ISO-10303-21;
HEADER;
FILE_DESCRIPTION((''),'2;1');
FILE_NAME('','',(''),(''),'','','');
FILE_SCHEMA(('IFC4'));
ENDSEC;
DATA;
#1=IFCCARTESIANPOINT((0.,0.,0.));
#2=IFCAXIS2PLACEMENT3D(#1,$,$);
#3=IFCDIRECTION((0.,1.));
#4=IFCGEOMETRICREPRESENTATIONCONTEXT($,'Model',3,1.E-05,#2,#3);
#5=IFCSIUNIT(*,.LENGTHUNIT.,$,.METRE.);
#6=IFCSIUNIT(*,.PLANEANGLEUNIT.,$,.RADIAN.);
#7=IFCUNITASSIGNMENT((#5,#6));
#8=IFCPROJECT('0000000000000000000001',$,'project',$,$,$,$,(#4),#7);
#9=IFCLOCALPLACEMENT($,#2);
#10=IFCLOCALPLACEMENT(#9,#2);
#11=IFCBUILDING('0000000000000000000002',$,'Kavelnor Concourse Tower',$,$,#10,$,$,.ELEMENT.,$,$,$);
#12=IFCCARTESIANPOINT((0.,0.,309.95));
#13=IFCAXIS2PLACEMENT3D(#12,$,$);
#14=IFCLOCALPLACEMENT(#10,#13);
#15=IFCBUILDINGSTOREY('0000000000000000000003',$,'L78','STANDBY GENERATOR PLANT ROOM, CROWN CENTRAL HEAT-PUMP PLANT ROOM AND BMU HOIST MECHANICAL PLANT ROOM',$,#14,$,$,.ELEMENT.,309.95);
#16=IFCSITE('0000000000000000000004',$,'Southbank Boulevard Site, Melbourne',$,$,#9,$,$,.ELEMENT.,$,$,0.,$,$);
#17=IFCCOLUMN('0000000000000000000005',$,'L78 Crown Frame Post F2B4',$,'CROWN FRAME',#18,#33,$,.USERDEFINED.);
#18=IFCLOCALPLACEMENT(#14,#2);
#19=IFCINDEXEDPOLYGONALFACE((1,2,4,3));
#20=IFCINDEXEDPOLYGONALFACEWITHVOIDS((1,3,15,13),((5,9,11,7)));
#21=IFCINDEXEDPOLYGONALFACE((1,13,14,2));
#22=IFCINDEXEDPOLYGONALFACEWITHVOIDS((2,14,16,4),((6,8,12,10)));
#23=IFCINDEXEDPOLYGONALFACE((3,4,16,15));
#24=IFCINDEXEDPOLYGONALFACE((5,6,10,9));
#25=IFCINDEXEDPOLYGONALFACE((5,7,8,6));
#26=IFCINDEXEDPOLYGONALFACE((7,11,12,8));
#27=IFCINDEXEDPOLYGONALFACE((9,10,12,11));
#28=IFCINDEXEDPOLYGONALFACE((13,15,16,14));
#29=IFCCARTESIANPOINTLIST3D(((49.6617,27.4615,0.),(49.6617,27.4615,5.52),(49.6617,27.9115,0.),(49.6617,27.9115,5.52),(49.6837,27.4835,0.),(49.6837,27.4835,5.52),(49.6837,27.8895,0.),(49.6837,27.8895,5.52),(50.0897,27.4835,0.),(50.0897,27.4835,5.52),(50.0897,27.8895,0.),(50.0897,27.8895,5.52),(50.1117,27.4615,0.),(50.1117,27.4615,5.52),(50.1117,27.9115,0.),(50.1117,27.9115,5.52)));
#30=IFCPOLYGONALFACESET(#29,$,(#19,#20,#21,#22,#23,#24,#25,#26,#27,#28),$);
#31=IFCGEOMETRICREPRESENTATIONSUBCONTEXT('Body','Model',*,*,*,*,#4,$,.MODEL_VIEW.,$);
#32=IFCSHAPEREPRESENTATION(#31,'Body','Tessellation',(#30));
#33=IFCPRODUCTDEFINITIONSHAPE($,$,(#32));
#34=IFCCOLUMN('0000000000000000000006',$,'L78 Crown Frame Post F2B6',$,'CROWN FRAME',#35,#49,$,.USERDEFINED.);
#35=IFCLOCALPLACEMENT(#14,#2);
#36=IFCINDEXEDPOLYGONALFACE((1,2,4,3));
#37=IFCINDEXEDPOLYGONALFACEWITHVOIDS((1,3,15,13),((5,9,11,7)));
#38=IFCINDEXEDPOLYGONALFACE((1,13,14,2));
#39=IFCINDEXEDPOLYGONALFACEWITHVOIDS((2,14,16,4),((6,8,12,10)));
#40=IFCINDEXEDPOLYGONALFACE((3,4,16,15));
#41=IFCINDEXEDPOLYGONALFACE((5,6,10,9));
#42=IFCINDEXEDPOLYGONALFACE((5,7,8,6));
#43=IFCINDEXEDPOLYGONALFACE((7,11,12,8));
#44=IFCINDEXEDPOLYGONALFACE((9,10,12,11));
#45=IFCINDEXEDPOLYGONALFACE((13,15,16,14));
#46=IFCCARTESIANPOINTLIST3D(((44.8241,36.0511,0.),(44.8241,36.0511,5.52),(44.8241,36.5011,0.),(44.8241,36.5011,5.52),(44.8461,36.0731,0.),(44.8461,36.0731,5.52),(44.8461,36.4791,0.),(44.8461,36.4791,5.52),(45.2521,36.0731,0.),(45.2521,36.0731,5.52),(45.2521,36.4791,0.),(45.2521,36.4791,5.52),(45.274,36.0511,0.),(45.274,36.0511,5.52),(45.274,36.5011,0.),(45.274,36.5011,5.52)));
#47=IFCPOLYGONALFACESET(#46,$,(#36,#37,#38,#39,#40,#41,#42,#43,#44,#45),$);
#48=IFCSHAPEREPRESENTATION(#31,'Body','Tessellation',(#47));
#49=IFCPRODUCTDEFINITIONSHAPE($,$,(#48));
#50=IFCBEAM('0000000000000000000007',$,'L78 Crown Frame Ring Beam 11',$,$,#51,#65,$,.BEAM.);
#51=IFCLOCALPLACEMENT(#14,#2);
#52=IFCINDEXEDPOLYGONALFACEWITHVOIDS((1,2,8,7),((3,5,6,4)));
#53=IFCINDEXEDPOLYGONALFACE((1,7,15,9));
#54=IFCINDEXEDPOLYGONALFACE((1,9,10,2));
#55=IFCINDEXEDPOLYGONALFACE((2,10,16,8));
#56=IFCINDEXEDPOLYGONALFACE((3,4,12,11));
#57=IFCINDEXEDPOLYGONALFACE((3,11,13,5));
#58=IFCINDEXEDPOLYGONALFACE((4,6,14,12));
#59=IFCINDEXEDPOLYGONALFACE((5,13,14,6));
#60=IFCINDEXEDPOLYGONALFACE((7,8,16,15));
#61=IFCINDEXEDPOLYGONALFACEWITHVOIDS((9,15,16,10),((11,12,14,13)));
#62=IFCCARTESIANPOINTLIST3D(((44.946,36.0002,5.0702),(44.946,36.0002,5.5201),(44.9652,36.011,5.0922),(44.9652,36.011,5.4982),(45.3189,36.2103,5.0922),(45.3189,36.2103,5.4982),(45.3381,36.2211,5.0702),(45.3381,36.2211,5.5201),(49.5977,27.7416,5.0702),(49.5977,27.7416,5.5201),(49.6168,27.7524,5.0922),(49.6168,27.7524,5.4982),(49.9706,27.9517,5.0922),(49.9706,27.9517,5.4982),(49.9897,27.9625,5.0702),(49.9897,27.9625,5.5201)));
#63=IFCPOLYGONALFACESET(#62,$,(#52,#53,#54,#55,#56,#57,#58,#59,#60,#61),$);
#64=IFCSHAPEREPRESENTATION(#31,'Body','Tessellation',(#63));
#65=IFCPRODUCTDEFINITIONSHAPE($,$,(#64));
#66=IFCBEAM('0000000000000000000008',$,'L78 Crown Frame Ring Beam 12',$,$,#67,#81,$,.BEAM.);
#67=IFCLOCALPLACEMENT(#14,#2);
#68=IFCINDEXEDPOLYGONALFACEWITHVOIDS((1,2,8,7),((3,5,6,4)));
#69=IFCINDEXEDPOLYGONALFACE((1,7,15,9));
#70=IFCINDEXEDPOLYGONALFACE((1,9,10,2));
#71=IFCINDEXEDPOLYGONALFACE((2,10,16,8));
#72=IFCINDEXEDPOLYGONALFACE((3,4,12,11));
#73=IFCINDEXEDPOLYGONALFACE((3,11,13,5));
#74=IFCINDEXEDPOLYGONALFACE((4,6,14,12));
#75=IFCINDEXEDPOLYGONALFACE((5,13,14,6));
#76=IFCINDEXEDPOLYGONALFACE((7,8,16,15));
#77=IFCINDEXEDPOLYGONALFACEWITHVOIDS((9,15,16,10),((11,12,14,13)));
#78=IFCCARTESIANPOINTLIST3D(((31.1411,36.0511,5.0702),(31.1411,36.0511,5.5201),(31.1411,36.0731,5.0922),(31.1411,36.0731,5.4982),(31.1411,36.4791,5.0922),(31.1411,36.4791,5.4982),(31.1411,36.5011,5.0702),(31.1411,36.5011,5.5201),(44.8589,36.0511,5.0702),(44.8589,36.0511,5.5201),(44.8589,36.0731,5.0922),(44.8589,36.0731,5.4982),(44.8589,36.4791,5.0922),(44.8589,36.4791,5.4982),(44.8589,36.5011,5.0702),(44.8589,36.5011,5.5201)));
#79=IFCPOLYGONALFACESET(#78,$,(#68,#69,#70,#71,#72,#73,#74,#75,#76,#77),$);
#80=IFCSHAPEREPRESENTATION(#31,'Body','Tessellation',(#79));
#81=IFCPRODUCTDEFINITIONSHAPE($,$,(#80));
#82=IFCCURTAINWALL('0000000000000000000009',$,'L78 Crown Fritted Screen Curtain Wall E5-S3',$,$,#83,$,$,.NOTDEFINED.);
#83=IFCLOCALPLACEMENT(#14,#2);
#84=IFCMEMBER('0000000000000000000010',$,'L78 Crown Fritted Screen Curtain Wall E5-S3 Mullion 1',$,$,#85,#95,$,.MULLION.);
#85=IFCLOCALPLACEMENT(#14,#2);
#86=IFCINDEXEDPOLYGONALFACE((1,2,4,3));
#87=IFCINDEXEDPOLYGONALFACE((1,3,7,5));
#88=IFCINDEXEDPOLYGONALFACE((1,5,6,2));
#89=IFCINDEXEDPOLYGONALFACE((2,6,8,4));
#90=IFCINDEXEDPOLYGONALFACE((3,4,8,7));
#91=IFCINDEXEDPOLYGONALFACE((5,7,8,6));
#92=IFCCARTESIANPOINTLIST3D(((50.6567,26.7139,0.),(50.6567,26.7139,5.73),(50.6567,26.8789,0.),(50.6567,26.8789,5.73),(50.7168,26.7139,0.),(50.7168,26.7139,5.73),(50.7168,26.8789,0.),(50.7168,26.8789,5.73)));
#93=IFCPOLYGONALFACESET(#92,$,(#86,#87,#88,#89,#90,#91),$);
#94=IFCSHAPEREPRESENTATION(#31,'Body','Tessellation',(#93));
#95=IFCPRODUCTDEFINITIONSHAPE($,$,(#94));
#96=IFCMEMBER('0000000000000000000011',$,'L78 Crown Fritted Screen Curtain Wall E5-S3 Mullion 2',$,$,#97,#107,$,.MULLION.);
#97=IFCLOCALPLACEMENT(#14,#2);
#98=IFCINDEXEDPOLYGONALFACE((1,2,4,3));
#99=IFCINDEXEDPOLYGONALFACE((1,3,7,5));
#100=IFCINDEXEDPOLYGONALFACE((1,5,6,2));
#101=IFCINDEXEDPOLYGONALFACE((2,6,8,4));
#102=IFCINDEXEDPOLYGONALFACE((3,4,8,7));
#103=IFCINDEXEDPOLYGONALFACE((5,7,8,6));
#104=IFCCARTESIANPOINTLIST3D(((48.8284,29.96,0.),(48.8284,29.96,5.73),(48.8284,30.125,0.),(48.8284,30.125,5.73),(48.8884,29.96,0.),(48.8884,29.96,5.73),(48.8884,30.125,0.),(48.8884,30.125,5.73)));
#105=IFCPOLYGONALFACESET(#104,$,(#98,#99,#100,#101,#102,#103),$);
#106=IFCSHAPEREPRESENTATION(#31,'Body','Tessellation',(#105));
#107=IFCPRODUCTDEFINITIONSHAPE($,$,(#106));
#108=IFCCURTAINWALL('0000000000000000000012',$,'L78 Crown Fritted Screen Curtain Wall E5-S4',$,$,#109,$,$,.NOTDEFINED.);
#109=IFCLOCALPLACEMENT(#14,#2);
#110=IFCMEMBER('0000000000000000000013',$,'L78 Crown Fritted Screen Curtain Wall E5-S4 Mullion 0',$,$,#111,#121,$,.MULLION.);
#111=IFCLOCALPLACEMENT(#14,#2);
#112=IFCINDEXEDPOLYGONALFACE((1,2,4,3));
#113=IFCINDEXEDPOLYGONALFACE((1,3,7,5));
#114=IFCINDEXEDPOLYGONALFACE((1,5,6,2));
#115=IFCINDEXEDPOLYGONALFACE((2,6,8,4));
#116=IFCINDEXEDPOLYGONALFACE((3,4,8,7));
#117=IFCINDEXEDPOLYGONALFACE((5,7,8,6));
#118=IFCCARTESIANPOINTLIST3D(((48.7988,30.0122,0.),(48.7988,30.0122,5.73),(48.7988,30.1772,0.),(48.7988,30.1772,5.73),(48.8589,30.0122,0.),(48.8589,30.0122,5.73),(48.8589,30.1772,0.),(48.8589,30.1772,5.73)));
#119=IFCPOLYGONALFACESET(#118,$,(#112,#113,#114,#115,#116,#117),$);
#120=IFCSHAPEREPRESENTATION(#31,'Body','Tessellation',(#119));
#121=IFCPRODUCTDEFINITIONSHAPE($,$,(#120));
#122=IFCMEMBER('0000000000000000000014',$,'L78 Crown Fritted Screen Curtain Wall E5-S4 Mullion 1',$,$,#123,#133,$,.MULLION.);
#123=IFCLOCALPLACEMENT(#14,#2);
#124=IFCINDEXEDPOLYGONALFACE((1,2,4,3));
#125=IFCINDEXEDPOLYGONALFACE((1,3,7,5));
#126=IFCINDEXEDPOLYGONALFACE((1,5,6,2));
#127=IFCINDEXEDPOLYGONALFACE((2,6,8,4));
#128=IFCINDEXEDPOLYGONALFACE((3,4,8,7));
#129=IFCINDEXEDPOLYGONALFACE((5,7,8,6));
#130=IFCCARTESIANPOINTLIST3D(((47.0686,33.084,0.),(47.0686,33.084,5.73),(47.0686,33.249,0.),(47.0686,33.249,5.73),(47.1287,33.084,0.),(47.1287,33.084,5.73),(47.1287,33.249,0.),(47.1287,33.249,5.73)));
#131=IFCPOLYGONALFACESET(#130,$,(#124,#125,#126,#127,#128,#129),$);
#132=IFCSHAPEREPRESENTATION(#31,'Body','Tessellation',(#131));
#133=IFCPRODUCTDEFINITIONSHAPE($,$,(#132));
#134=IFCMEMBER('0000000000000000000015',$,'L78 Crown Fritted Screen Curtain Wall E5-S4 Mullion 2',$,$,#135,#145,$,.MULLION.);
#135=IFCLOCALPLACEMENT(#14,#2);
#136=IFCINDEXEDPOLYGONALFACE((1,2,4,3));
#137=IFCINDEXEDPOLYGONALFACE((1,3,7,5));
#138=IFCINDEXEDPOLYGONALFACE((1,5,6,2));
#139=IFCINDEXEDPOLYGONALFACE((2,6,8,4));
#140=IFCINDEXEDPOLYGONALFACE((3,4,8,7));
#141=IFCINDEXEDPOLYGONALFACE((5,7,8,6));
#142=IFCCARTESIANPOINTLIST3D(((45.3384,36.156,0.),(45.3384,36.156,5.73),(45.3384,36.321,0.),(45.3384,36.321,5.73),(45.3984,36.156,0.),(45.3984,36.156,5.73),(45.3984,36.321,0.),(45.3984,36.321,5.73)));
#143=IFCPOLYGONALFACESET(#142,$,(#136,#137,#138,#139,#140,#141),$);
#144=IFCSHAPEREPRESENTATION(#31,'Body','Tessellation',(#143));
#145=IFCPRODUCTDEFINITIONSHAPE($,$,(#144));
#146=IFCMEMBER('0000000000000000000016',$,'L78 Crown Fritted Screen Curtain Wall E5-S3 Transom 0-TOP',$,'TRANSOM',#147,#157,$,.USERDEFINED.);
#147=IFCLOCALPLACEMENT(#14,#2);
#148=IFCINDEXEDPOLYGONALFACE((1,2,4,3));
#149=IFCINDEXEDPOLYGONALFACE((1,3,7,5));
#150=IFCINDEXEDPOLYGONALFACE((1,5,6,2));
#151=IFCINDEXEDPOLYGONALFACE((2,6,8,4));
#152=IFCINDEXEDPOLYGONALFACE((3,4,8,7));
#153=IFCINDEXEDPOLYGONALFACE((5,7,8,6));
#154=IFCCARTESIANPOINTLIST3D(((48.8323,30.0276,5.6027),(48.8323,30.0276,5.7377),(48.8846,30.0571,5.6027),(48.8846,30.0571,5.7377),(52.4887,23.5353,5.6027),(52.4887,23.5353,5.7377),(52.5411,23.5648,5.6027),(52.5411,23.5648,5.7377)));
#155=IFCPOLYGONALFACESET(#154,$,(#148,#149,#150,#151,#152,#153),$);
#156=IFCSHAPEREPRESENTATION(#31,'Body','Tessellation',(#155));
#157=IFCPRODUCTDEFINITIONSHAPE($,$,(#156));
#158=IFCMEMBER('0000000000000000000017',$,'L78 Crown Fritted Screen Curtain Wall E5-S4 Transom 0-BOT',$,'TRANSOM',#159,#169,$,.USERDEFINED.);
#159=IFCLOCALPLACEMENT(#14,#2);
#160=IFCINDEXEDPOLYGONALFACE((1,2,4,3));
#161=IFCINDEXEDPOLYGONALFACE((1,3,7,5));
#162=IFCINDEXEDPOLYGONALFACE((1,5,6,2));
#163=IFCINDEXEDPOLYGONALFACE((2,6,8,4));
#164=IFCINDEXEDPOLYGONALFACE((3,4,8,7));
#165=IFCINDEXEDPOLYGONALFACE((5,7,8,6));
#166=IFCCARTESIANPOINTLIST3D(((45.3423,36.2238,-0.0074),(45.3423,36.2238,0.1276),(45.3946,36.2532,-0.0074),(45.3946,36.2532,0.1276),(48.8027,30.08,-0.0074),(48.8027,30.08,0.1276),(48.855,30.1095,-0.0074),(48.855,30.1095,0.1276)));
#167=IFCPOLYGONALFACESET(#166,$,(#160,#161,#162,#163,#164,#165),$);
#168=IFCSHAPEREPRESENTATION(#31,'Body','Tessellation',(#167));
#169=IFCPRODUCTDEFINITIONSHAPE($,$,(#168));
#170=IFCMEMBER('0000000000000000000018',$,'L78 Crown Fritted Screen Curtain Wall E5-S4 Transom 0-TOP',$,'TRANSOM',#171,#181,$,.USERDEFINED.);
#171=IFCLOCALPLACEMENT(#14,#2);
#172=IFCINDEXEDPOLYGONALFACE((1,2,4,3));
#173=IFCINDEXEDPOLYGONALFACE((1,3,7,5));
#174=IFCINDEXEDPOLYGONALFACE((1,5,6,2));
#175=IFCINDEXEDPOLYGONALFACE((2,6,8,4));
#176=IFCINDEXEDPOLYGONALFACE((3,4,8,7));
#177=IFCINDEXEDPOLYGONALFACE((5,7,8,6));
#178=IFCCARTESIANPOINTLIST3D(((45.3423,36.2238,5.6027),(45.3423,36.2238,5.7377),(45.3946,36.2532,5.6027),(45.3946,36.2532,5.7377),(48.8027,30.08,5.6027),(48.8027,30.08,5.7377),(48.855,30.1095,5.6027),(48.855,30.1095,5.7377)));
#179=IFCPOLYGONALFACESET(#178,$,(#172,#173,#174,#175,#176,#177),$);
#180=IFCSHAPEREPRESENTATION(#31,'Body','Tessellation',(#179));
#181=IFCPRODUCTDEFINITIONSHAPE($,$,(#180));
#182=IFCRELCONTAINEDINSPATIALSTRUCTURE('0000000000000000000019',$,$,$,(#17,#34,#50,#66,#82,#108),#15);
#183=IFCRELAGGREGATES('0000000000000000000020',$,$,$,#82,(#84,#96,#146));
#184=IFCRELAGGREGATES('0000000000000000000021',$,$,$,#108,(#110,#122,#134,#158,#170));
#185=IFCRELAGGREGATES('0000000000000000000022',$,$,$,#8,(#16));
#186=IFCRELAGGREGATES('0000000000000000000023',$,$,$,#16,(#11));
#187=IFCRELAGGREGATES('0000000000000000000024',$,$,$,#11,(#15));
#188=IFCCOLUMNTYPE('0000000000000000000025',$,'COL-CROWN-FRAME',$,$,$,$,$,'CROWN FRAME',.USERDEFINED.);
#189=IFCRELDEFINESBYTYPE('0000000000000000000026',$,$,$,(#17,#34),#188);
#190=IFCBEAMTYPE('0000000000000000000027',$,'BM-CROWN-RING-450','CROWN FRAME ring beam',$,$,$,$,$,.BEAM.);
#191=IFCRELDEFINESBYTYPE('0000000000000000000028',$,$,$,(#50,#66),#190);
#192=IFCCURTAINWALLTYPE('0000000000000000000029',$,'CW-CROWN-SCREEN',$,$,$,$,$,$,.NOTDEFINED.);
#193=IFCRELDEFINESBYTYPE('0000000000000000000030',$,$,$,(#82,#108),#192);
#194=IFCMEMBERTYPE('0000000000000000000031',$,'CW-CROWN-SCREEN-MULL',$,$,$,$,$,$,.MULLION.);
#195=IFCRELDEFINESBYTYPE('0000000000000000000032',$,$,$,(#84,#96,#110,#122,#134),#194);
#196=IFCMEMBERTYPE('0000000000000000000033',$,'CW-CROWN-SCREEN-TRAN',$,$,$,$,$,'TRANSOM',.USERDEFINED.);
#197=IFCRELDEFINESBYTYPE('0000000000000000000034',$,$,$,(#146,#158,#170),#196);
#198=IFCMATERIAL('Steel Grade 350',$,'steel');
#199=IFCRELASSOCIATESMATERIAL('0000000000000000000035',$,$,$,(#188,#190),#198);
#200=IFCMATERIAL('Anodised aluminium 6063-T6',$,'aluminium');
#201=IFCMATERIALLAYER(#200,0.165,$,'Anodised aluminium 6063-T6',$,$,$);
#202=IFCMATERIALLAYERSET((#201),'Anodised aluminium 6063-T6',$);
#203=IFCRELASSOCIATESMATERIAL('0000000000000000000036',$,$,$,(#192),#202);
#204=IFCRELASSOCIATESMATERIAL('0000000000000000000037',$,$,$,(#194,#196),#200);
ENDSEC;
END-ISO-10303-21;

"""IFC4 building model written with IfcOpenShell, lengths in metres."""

from ifc_helpers import new_model, si_unit, direction, frame, origin, origin_2d, place, context, subcontext, project, spatial, rectangle, hollow_rectangle, extrude, material, layer, layer_set, material_profile, profile_set, type_object, element, aggregate, save


model = new_model("IFC4")

# Units and contexts
model_context = context("Model", 3, precision=1e-05, world=origin(), true_north=direction((0.0, 1.0)))
body_context = subcontext(model_context, "Body", "Model", "MODEL_VIEW")
ifc_project = project(units=[si_unit("LENGTHUNIT", "METRE"), si_unit("PLANEANGLEUNIT", "RADIAN")], contexts=[model_context])

# Site, building, storey
site_placement = place(None, origin())
site = spatial("IfcSite", under=ifc_project, at=site_placement, Name="Southbank Boulevard Site, Melbourne", CompositionType="ELEMENT", RefElevation=0.0)
building_placement = place(site_placement, origin())
building = spatial("IfcBuilding", under=site, at=building_placement, Name="Kavelnor Concourse Tower", CompositionType="ELEMENT")
storey_placement = place(building_placement, frame((0.0, 0.0, 309.95)))
storey = spatial("IfcBuildingStorey", under=building, at=storey_placement, Name="L78", Description="STANDBY GENERATOR PLANT ROOM, CROWN CENTRAL HEAT-PUMP PLANT ROOM AND BMU HOIST MECHANICAL PLANT ROOM", CompositionType="ELEMENT", Elevation=309.95)

# Columns
ifc_material_1 = material(Name="Steel Grade 350", Category="steel")
ifc_material_profile_1 = material_profile(ifc_material_1, hollow_rectangle(XDim=0.45, YDim=0.45, WallThickness=0.022, at=origin_2d()), Name="SHS 450x450x22")
ifc_profile_set_1 = profile_set([ifc_material_profile_1], Name="Steel Grade 350")
column_type = type_object("IfcColumnType", Name="COL-CROWN-FRAME", ElementType="CROWN FRAME", PredefinedType="USERDEFINED", material=ifc_profile_set_1)
for number, where, z_axis, x_axis, name in (
    (1, (49.8867, 27.6865, 0.0), (0.0, 0.0, 1.0), (1.0, 0.0, 0.0), "L78 Crown Frame Post F2B4"),
    (2, (45.0491, 36.2761, 0.0), (0.0, 0.0, 1.0), (1.0, 0.0, 0.0), "L78 Crown Frame Post F2B6"),
):
    element("IfcColumn", number, at=place(storey_placement, frame(where, z_axis=z_axis, x_axis=x_axis)), inside=storey, type_object=column_type, Name=name, ObjectType="CROWN FRAME", PredefinedType="USERDEFINED", context=body_context, shape_type="SweptSolid", body=[
        extrude(hollow_rectangle(XDim=0.45, YDim=0.45, WallThickness=0.022, at=origin_2d()), origin(), (0.0, 0.0, 1.0), 5.52),
    ])

# Beams
ifc_material_profile_2 = material_profile(ifc_material_1, hollow_rectangle(XDim=0.45, YDim=0.45, WallThickness=0.022, at=origin_2d()), Name="RHS 450x450x22")
ifc_profile_set_2 = profile_set([ifc_material_profile_2], Name="Steel Grade 350")
beam_type = type_object("IfcBeamType", Name="BM-CROWN-RING-450", Description="CROWN FRAME ring beam", PredefinedType="BEAM", material=ifc_profile_set_2)
beam_1_placement = place(storey_placement, frame((49.7937, 27.8521, 5.2952), z_axis=(-0.490756, 0.871297, 0.0), x_axis=(-0.871297, -0.490756, 0.0)))
element("IfcBeam", 3, at=beam_1_placement, inside=storey, type_object=beam_type, Name="L78 Crown Frame Ring Beam 11", PredefinedType="BEAM", context=body_context, shape_type="SweptSolid", body=[
    extrude(hollow_rectangle(XDim=0.45, YDim=0.45, WallThickness=0.022, at=origin_2d()), origin(), (0.0, 0.0, 1.0), 9.4785),
])
beam_2_placement = place(storey_placement, frame((44.8589, 36.2761, 5.2952), z_axis=(-1.0, 0.0, 0.0), x_axis=(0.0, -1.0, 0.0)))
element("IfcBeam", 4, at=beam_2_placement, inside=storey, type_object=beam_type, Name="L78 Crown Frame Ring Beam 12", PredefinedType="BEAM", context=body_context, shape_type="SweptSolid", body=[
    extrude(hollow_rectangle(XDim=0.45, YDim=0.45, WallThickness=0.022, at=origin_2d()), origin(), (0.0, 0.0, 1.0), 13.7178),
])

# Curtain walls, members
ifc_material_2 = material(Name="Anodised aluminium 6063-T6", Category="aluminium")
ifc_layer_1 = layer(ifc_material_2, 0.165, Name="Anodised aluminium 6063-T6")
ifc_layer_set_1 = layer_set([ifc_layer_1], Name="Anodised aluminium 6063-T6")
curtain_wall_type = type_object("IfcCurtainWallType", Name="CW-CROWN-SCREEN", PredefinedType="NOTDEFINED", material=ifc_layer_set_1)
curtain_wall_1_placement = place(storey_placement, origin())
curtain_wall_1 = element("IfcCurtainWall", 5, at=curtain_wall_1_placement, inside=storey, type_object=curtain_wall_type, Name="L78 Crown Fritted Screen Curtain Wall E5-S3", PredefinedType="NOTDEFINED")
ifc_material_profile_3 = material_profile(ifc_material_2, rectangle(XDim=0.0601, YDim=0.165, at=origin_2d()), Name="AL-MULL 60x165")
ifc_profile_set_3 = profile_set([ifc_material_profile_3], Name="Anodised aluminium 6063-T6")
member_type_1 = type_object("IfcMemberType", Name="CW-CROWN-SCREEN-MULL", PredefinedType="MULLION", material=ifc_profile_set_3)
member_1_placement = place(storey_placement, frame((50.6868, 26.7964, 0.0), z_axis=(0.0, 0.0, 1.0), x_axis=(1.0, 0.0, 0.0)))
member_1 = element("IfcMember", 6, at=member_1_placement, type_object=member_type_1, Name="L78 Crown Fritted Screen Curtain Wall E5-S3 Mullion 1", PredefinedType="MULLION", context=body_context, shape_type="SweptSolid", body=[
    extrude(rectangle(XDim=0.0601, YDim=0.165, at=origin_2d()), origin(), (0.0, 0.0, 1.0), 5.73),
])
member_2_placement = place(storey_placement, frame((48.8584, 30.0425, 0.0), z_axis=(0.0, 0.0, 1.0), x_axis=(1.0, 0.0, 0.0)))
member_2 = element("IfcMember", 7, at=member_2_placement, type_object=member_type_1, Name="L78 Crown Fritted Screen Curtain Wall E5-S3 Mullion 2", PredefinedType="MULLION", context=body_context, shape_type="SweptSolid", body=[
    extrude(rectangle(XDim=0.0601, YDim=0.165, at=origin_2d()), origin(), (0.0, 0.0, 1.0), 5.73),
])
curtain_wall_2_placement = place(storey_placement, origin())
curtain_wall_2 = element("IfcCurtainWall", 8, at=curtain_wall_2_placement, inside=storey, type_object=curtain_wall_type, Name="L78 Crown Fritted Screen Curtain Wall E5-S4", PredefinedType="NOTDEFINED")
member_3_placement = place(storey_placement, frame((48.8289, 30.0947, 0.0), z_axis=(0.0, 0.0, 1.0), x_axis=(1.0, 0.0, 0.0)))
member_3 = element("IfcMember", 9, at=member_3_placement, type_object=member_type_1, Name="L78 Crown Fritted Screen Curtain Wall E5-S4 Mullion 0", PredefinedType="MULLION", context=body_context, shape_type="SweptSolid", body=[
    extrude(rectangle(XDim=0.0601, YDim=0.165, at=origin_2d()), origin(), (0.0, 0.0, 1.0), 5.73),
])
member_4_placement = place(storey_placement, frame((47.0986, 33.1665, 0.0), z_axis=(0.0, 0.0, 1.0), x_axis=(1.0, 0.0, 0.0)))
member_4 = element("IfcMember", 10, at=member_4_placement, type_object=member_type_1, Name="L78 Crown Fritted Screen Curtain Wall E5-S4 Mullion 1", PredefinedType="MULLION", context=body_context, shape_type="SweptSolid", body=[
    extrude(rectangle(XDim=0.0601, YDim=0.165, at=origin_2d()), origin(), (0.0, 0.0, 1.0), 5.73),
])
member_5_placement = place(storey_placement, frame((45.3684, 36.2385, 0.0), z_axis=(0.0, 0.0, 1.0), x_axis=(1.0, 0.0, 0.0)))
member_5 = element("IfcMember", 11, at=member_5_placement, type_object=member_type_1, Name="L78 Crown Fritted Screen Curtain Wall E5-S4 Mullion 2", PredefinedType="MULLION", context=body_context, shape_type="SweptSolid", body=[
    extrude(rectangle(XDim=0.0601, YDim=0.165, at=origin_2d()), origin(), (0.0, 0.0, 1.0), 5.73),
])

# Members
ifc_material_profile_4 = material_profile(ifc_material_2, rectangle(XDim=0.0601, YDim=0.135, at=origin_2d()), Name="AL-TRAN 60x135")
ifc_profile_set_4 = profile_set([ifc_material_profile_4], Name="Anodised aluminium 6063-T6")
member_type_2 = type_object("IfcMemberType", Name="CW-CROWN-SCREEN-TRAN", ElementType="TRANSOM", PredefinedType="USERDEFINED", material=ifc_profile_set_4)
member_6_placement = place(storey_placement, frame((52.5149, 23.55, 5.6702), z_axis=(-0.49072, 0.871317, 0.0), x_axis=(-0.871317, -0.49072, 0.0)))
member_6 = element("IfcMember", 12, at=member_6_placement, type_object=member_type_2, Name="L78 Crown Fritted Screen Curtain Wall E5-S3 Transom 0-TOP", ObjectType="TRANSOM", PredefinedType="USERDEFINED", context=body_context, shape_type="SweptSolid", body=[
    extrude(rectangle(XDim=0.0601, YDim=0.135, at=origin_2d()), origin(), (0.0, 0.0, 1.0), 7.4512),
])
member_7_placement = place(storey_placement, frame((48.8289, 30.0947, 0.0601), z_axis=(-0.490753, 0.871299, 0.0), x_axis=(-0.871299, -0.490753, 0.0)))
member_7 = element("IfcMember", 13, at=member_7_placement, type_object=member_type_2, Name="L78 Crown Fritted Screen Curtain Wall E5-S4 Transom 0-BOT", ObjectType="TRANSOM", PredefinedType="USERDEFINED", context=body_context, shape_type="SweptSolid", body=[
    extrude(rectangle(XDim=0.0601, YDim=0.135, at=origin_2d()), origin(), (0.0, 0.0, 1.0), 7.0513),
])
member_8_placement = place(storey_placement, frame((48.8289, 30.0947, 5.6702), z_axis=(-0.490753, 0.871299, 0.0), x_axis=(-0.871299, -0.490753, 0.0)))
member_8 = element("IfcMember", 14, at=member_8_placement, type_object=member_type_2, Name="L78 Crown Fritted Screen Curtain Wall E5-S4 Transom 0-TOP", ObjectType="TRANSOM", PredefinedType="USERDEFINED", context=body_context, shape_type="SweptSolid", body=[
    extrude(rectangle(XDim=0.0601, YDim=0.135, at=origin_2d()), origin(), (0.0, 0.0, 1.0), 7.0513),
])

aggregate(curtain_wall_1, [member_1, member_2, member_6])
aggregate(curtain_wall_2, [member_3, member_4, member_5, member_7, member_8])

save(model, "model.ifc")
